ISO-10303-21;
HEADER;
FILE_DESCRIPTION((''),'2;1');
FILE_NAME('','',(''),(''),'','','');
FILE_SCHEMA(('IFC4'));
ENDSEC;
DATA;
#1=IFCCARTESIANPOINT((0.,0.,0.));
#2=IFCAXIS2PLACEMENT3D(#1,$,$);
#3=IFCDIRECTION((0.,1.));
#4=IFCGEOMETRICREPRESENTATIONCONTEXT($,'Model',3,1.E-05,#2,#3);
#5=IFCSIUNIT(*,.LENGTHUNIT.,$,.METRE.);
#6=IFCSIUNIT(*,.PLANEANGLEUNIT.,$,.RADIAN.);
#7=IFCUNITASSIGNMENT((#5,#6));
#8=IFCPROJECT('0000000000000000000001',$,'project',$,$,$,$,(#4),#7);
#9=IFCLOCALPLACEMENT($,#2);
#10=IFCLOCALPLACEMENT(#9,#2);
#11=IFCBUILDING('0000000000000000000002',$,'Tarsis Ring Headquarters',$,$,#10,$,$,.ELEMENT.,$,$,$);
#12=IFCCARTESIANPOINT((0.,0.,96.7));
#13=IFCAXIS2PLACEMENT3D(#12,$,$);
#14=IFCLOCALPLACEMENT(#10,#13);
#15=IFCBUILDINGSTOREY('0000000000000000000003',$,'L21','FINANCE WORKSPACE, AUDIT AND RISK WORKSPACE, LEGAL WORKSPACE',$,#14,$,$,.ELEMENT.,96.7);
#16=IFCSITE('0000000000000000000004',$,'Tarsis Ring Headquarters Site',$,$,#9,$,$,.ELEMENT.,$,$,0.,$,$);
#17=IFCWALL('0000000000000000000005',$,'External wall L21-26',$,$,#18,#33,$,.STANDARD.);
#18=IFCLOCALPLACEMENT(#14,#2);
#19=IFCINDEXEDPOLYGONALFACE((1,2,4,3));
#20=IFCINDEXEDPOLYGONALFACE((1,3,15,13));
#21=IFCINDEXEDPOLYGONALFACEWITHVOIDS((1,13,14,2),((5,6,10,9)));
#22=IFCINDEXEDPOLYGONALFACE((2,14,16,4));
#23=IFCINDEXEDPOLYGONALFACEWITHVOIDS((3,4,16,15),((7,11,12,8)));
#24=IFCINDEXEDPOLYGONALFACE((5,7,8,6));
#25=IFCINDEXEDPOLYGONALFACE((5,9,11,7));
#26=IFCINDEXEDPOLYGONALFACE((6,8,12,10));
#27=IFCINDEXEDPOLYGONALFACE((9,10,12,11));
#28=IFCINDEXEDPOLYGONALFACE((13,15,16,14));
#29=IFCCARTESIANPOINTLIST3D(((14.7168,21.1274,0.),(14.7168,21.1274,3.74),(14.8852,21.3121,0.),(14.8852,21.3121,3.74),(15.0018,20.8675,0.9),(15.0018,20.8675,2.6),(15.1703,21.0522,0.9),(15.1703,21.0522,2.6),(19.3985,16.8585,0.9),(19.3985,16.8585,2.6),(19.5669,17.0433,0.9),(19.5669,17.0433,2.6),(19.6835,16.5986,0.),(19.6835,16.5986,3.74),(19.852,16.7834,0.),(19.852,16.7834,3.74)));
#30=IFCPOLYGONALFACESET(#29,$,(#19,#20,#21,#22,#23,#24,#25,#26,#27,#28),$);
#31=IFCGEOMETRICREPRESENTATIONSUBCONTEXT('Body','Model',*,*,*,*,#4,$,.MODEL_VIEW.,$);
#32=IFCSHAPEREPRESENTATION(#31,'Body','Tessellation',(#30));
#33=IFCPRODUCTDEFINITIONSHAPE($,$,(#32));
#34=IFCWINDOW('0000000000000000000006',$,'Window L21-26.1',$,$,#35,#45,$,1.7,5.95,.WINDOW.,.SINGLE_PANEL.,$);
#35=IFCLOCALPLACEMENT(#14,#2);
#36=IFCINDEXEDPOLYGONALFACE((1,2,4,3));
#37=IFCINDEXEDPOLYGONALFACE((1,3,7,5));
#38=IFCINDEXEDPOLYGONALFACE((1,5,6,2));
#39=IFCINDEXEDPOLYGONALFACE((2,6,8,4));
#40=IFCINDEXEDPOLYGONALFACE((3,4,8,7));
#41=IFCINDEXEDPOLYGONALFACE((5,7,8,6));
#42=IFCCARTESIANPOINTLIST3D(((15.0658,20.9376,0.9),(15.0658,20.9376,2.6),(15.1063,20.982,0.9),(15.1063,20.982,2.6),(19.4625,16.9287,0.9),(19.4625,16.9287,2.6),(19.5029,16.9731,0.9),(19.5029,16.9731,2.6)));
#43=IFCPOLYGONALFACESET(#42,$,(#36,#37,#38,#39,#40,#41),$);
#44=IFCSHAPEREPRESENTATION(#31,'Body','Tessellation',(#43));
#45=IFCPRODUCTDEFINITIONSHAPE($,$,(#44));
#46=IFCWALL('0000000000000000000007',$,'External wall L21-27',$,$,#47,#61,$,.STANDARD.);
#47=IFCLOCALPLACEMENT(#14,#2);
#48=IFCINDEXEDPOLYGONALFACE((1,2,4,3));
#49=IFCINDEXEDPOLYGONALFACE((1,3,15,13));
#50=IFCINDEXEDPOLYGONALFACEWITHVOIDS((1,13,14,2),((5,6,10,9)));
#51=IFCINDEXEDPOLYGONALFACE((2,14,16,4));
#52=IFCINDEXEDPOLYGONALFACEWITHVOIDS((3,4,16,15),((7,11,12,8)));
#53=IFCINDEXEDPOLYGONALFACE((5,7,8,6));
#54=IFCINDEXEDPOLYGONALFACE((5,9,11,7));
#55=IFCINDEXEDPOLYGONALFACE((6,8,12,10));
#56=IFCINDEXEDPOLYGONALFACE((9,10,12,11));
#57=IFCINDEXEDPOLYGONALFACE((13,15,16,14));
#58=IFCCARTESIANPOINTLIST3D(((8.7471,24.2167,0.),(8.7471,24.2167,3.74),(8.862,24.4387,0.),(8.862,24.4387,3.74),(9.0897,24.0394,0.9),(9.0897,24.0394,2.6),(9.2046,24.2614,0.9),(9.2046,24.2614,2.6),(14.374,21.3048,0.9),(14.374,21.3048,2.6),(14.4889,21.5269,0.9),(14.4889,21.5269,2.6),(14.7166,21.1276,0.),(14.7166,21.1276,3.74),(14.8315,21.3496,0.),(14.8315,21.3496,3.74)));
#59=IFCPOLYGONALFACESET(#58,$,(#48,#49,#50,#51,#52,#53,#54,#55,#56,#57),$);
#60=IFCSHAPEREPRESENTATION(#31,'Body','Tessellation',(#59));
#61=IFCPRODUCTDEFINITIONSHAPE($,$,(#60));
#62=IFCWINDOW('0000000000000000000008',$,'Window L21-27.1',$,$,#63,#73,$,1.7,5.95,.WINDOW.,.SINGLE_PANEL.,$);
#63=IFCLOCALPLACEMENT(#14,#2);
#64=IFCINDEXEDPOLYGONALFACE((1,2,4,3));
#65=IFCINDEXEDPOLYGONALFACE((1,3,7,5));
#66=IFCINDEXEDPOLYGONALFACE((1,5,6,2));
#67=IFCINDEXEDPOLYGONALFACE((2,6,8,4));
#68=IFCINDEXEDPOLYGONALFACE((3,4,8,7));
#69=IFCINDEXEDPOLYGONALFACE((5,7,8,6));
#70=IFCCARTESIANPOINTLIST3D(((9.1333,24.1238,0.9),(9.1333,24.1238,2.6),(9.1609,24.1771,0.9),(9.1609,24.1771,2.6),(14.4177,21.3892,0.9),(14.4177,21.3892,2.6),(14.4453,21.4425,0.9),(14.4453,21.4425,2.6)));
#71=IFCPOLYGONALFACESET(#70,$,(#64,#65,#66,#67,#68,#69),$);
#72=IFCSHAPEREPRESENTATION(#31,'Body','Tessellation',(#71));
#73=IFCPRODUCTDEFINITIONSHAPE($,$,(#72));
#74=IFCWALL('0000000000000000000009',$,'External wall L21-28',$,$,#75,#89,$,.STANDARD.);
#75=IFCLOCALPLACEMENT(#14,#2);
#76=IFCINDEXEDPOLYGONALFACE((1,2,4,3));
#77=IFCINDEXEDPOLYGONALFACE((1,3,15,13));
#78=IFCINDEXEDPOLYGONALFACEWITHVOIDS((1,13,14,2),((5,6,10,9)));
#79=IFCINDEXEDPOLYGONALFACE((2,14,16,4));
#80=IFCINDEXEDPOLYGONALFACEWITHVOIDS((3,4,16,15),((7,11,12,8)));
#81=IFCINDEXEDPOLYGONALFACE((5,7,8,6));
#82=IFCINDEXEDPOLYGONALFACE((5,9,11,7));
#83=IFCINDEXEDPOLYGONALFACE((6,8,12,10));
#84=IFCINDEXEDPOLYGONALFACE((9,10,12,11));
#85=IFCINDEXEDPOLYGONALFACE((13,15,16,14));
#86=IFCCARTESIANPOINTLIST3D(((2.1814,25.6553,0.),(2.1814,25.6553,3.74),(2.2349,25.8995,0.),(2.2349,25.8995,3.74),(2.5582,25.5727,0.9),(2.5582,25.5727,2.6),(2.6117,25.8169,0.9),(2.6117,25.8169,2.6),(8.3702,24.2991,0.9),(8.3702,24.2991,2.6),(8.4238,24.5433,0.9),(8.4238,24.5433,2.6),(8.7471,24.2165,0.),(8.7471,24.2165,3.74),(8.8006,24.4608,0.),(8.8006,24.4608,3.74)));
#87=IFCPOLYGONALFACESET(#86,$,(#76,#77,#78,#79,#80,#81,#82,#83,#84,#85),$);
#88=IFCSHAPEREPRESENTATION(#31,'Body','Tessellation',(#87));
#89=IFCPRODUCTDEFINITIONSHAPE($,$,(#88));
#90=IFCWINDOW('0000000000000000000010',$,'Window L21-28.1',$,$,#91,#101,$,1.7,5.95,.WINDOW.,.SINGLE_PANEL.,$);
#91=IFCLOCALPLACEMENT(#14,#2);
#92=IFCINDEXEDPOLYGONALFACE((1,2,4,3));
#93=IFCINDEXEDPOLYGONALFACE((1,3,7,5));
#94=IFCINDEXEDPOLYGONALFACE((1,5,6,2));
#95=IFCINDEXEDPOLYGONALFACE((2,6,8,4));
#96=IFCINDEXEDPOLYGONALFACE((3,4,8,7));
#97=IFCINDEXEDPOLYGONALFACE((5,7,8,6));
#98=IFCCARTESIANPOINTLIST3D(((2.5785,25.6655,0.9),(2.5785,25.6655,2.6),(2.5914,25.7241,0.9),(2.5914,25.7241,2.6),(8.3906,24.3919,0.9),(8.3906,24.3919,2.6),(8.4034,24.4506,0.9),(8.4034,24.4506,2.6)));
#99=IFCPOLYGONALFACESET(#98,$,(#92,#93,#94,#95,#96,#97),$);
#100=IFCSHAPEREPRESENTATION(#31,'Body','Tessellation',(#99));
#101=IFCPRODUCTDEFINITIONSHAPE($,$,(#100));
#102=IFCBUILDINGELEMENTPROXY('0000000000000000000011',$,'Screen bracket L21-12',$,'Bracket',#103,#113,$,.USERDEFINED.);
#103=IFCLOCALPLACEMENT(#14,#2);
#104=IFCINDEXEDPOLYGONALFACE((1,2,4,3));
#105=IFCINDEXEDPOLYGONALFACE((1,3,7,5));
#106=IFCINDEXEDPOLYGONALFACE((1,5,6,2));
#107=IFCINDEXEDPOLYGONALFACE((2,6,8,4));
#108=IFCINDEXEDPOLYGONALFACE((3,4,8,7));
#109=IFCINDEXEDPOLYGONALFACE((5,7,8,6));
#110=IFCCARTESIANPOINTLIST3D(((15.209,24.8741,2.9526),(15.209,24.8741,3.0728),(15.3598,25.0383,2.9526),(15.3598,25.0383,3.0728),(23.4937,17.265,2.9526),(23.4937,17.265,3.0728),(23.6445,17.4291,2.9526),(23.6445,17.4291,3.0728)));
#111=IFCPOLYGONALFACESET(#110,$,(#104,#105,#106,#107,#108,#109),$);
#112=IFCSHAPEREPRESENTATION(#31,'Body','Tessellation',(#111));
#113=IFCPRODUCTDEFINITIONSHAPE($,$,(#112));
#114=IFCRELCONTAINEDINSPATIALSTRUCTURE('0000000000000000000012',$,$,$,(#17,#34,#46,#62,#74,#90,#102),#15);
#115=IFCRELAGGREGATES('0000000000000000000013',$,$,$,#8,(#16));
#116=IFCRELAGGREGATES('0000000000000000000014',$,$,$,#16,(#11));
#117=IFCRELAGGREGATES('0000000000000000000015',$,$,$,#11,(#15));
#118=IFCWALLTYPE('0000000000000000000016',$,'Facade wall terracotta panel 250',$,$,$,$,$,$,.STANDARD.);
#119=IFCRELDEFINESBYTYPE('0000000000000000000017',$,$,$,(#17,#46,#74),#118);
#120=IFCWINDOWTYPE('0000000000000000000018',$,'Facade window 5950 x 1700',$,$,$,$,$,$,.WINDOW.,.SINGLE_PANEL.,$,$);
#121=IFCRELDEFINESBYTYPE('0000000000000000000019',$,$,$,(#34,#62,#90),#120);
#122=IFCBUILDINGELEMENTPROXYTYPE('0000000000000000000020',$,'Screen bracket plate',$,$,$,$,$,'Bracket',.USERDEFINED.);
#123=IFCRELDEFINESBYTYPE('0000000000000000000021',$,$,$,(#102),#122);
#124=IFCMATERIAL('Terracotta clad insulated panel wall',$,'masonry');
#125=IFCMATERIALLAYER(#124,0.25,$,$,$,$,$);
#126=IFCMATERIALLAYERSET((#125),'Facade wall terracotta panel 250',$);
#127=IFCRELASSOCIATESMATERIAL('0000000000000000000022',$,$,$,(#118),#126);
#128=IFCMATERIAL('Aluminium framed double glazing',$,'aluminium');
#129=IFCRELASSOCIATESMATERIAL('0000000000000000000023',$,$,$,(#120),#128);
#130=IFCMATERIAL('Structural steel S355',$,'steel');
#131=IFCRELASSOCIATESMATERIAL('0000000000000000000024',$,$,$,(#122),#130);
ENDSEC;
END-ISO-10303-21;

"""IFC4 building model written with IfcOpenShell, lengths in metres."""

from ifc_helpers import new_model, si_unit, direction, frame, frame_2d, origin, origin_2d, place, context, subcontext, project, spatial, rectangle, extrude, material, layer, layer_set, type_object, element, fill, save


model = new_model("IFC4")

# Units and contexts
model_context = context("Model", 3, precision=1e-05, world=origin(), true_north=direction((0.0, 1.0)))
body_context = subcontext(model_context, "Body", "Model", "MODEL_VIEW")
ifc_project = project(units=[si_unit("LENGTHUNIT", "METRE"), si_unit("PLANEANGLEUNIT", "RADIAN")], contexts=[model_context])

# Site, building, storey
site_placement = place(None, origin())
site = spatial("IfcSite", under=ifc_project, at=site_placement, Name="Tarsis Ring Headquarters Site", CompositionType="ELEMENT", RefElevation=0.0)
building_placement = place(site_placement, origin())
building = spatial("IfcBuilding", under=site, at=building_placement, Name="Tarsis Ring Headquarters", CompositionType="ELEMENT")
storey_placement = place(building_placement, frame((0.0, 0.0, 96.7)))
storey = spatial("IfcBuildingStorey", under=building, at=storey_placement, Name="L21", Description="FINANCE WORKSPACE, AUDIT AND RISK WORKSPACE, LEGAL WORKSPACE", CompositionType="ELEMENT", Elevation=96.7)

# Shared definitions
ifc_material_1 = material(Name="Structural steel S355", Category="steel")

# Walls, openings, windows
ifc_material_2 = material(Name="Terracotta clad insulated panel wall", Category="masonry")
ifc_layer = layer(ifc_material_2, 0.25)
ifc_layer_set = layer_set([ifc_layer], Name="Facade wall terracotta panel 250")
wall_type = type_object("IfcWallType", Name="Facade wall terracotta panel 250", PredefinedType="STANDARD", material=ifc_layer_set)
wall_1_placement = place(storey_placement, frame((19.7678, 16.6909, 0.0), z_axis=(0.0, 0.0, 1.0), x_axis=(-0.738937, 0.673775, 0.0)))
wall_1 = element("IfcWall", 1, at=wall_1_placement, inside=storey, type_object=wall_type, Name="External wall L21-26", PredefinedType="STANDARD", context=body_context, shape_type="SweptSolid", body=[
    extrude(rectangle(XDim=6.7214, YDim=0.25, at=frame_2d((3.3608, 0.0))), origin(), (0.0, 0.0, 1.0), 3.74),
])
opening_1_placement = place(wall_1_placement, frame((0.3857, 0.0, 0.8999)))
opening_1 = element("IfcOpeningElement", 2, at=opening_1_placement, cuts=wall_1, PredefinedType="OPENING", context=body_context, shape_type="SweptSolid", body=[
    extrude(rectangle(XDim=5.95, YDim=1.7, at=frame_2d((2.9751, 0.8501))), frame((0.0, 0.135, 0.0), z_axis=(0.0, -1.0, 0.0), x_axis=(1.0, 0.0, 0.0)), (0.0, 0.0, 1.0), 0.27),
])
ifc_material_3 = material(Name="Aluminium framed double glazing", Category="aluminium")
window_type = type_object("IfcWindowType", Name="Facade window 5950 x 1700", PartitioningType="SINGLE_PANEL", PredefinedType="WINDOW", material=ifc_material_3)
window_1_placement = place(opening_1_placement, origin())
window_1 = element("IfcWindow", 3, at=window_1_placement, inside=storey, type_object=window_type, Name="Window L21-26.1", OverallHeight=1.7, OverallWidth=5.95, PartitioningType="SINGLE_PANEL", PredefinedType="WINDOW", context=body_context, shape_type="SweptSolid", body=[
    extrude(rectangle(XDim=5.95, YDim=1.7, at=frame_2d((2.9751, 0.8501))), frame((0.0, 0.03, 0.0), z_axis=(0.0, -1.0, 0.0), x_axis=(1.0, 0.0, 0.0)), (0.0, 0.0, 1.0), 0.0601),
])
fill(opening_1, window_1)
wall_2_placement = place(storey_placement, frame((14.7742, 21.2385, 0.0), z_axis=(0.0, 0.0, 1.0), x_axis=(-0.88813, 0.459593, 0.0)))
wall_2 = element("IfcWall", 4, at=wall_2_placement, inside=storey, type_object=wall_type, Name="External wall L21-27", PredefinedType="STANDARD", context=body_context, shape_type="SweptSolid", body=[
    extrude(rectangle(XDim=6.7214, YDim=0.25, at=frame_2d((3.3608, 0.0))), origin(), (0.0, 0.0, 1.0), 3.74),
])
opening_2_placement = place(wall_2_placement, frame((0.3857, 0.0, 0.8999)))
opening_2 = element("IfcOpeningElement", 5, at=opening_2_placement, cuts=wall_2, PredefinedType="OPENING", context=body_context, shape_type="SweptSolid", body=[
    extrude(rectangle(XDim=5.95, YDim=1.7, at=frame_2d((2.9751, 0.8501))), frame((0.0, 0.135, 0.0), z_axis=(0.0, -1.0, 0.0), x_axis=(1.0, 0.0, 0.0)), (0.0, 0.0, 1.0), 0.27),
])
window_2_placement = place(opening_2_placement, origin())
window_2 = element("IfcWindow", 6, at=window_2_placement, inside=storey, type_object=window_type, Name="Window L21-27.1", OverallHeight=1.7, OverallWidth=5.95, PartitioningType="SINGLE_PANEL", PredefinedType="WINDOW", context=body_context, shape_type="SweptSolid", body=[
    extrude(rectangle(XDim=5.95, YDim=1.7, at=frame_2d((2.9751, 0.8501))), frame((0.0, 0.03, 0.0), z_axis=(0.0, -1.0, 0.0), x_axis=(1.0, 0.0, 0.0)), (0.0, 0.0, 1.0), 0.0601),
])
fill(opening_2, window_2)
wall_3_placement = place(storey_placement, frame((8.7739, 24.3386, 0.0), z_axis=(0.0, 0.0, 1.0), x_axis=(-0.976823, 0.214049, 0.0)))
wall_3 = element("IfcWall", 7, at=wall_3_placement, inside=storey, type_object=wall_type, Name="External wall L21-28", PredefinedType="STANDARD", context=body_context, shape_type="SweptSolid", body=[
    extrude(rectangle(XDim=6.7214, YDim=0.25, at=frame_2d((3.3608, 0.0))), origin(), (0.0, 0.0, 1.0), 3.74),
])
opening_3_placement = place(wall_3_placement, frame((0.3857, 0.0, 0.8999)))
opening_3 = element("IfcOpeningElement", 8, at=opening_3_placement, cuts=wall_3, PredefinedType="OPENING", context=body_context, shape_type="SweptSolid", body=[
    extrude(rectangle(XDim=5.95, YDim=1.7, at=frame_2d((2.9751, 0.8501))), frame((0.0, 0.135, 0.0), z_axis=(0.0, -1.0, 0.0), x_axis=(1.0, 0.0, 0.0)), (0.0, 0.0, 1.0), 0.27),
])
window_3_placement = place(opening_3_placement, origin())
window_3 = element("IfcWindow", 9, at=window_3_placement, inside=storey, type_object=window_type, Name="Window L21-28.1", OverallHeight=1.7, OverallWidth=5.95, PartitioningType="SINGLE_PANEL", PredefinedType="WINDOW", context=body_context, shape_type="SweptSolid", body=[
    extrude(rectangle(XDim=5.95, YDim=1.7, at=frame_2d((2.9751, 0.8501))), frame((0.0, 0.03, 0.0), z_axis=(0.0, -1.0, 0.0), x_axis=(1.0, 0.0, 0.0)), (0.0, 0.0, 1.0), 0.0601),
])
fill(opening_3, window_3)

# Building element proxy
building_element_proxy_type = type_object("IfcBuildingElementProxyType", Name="Screen bracket plate", ElementType="Bracket", PredefinedType="USERDEFINED", material=ifc_material_1)
proxy_placement = place(storey_placement, frame((19.4268, 21.1516, 2.9526), z_axis=(0.0, 0.0, 1.0), x_axis=(-0.736496, 0.676442, 0.0)))
element("IfcBuildingElementProxy", 10, at=proxy_placement, inside=storey, type_object=building_element_proxy_type, Name="Screen bracket L21-12", ObjectType="Bracket", PredefinedType="USERDEFINED", context=body_context, shape_type="SweptSolid", body=[
    extrude(rectangle(XDim=11.2488, YDim=0.2229, at=origin_2d()), origin(), (0.0, 0.0, 1.0), 0.1201),
])

save(model, "model.ifc")
